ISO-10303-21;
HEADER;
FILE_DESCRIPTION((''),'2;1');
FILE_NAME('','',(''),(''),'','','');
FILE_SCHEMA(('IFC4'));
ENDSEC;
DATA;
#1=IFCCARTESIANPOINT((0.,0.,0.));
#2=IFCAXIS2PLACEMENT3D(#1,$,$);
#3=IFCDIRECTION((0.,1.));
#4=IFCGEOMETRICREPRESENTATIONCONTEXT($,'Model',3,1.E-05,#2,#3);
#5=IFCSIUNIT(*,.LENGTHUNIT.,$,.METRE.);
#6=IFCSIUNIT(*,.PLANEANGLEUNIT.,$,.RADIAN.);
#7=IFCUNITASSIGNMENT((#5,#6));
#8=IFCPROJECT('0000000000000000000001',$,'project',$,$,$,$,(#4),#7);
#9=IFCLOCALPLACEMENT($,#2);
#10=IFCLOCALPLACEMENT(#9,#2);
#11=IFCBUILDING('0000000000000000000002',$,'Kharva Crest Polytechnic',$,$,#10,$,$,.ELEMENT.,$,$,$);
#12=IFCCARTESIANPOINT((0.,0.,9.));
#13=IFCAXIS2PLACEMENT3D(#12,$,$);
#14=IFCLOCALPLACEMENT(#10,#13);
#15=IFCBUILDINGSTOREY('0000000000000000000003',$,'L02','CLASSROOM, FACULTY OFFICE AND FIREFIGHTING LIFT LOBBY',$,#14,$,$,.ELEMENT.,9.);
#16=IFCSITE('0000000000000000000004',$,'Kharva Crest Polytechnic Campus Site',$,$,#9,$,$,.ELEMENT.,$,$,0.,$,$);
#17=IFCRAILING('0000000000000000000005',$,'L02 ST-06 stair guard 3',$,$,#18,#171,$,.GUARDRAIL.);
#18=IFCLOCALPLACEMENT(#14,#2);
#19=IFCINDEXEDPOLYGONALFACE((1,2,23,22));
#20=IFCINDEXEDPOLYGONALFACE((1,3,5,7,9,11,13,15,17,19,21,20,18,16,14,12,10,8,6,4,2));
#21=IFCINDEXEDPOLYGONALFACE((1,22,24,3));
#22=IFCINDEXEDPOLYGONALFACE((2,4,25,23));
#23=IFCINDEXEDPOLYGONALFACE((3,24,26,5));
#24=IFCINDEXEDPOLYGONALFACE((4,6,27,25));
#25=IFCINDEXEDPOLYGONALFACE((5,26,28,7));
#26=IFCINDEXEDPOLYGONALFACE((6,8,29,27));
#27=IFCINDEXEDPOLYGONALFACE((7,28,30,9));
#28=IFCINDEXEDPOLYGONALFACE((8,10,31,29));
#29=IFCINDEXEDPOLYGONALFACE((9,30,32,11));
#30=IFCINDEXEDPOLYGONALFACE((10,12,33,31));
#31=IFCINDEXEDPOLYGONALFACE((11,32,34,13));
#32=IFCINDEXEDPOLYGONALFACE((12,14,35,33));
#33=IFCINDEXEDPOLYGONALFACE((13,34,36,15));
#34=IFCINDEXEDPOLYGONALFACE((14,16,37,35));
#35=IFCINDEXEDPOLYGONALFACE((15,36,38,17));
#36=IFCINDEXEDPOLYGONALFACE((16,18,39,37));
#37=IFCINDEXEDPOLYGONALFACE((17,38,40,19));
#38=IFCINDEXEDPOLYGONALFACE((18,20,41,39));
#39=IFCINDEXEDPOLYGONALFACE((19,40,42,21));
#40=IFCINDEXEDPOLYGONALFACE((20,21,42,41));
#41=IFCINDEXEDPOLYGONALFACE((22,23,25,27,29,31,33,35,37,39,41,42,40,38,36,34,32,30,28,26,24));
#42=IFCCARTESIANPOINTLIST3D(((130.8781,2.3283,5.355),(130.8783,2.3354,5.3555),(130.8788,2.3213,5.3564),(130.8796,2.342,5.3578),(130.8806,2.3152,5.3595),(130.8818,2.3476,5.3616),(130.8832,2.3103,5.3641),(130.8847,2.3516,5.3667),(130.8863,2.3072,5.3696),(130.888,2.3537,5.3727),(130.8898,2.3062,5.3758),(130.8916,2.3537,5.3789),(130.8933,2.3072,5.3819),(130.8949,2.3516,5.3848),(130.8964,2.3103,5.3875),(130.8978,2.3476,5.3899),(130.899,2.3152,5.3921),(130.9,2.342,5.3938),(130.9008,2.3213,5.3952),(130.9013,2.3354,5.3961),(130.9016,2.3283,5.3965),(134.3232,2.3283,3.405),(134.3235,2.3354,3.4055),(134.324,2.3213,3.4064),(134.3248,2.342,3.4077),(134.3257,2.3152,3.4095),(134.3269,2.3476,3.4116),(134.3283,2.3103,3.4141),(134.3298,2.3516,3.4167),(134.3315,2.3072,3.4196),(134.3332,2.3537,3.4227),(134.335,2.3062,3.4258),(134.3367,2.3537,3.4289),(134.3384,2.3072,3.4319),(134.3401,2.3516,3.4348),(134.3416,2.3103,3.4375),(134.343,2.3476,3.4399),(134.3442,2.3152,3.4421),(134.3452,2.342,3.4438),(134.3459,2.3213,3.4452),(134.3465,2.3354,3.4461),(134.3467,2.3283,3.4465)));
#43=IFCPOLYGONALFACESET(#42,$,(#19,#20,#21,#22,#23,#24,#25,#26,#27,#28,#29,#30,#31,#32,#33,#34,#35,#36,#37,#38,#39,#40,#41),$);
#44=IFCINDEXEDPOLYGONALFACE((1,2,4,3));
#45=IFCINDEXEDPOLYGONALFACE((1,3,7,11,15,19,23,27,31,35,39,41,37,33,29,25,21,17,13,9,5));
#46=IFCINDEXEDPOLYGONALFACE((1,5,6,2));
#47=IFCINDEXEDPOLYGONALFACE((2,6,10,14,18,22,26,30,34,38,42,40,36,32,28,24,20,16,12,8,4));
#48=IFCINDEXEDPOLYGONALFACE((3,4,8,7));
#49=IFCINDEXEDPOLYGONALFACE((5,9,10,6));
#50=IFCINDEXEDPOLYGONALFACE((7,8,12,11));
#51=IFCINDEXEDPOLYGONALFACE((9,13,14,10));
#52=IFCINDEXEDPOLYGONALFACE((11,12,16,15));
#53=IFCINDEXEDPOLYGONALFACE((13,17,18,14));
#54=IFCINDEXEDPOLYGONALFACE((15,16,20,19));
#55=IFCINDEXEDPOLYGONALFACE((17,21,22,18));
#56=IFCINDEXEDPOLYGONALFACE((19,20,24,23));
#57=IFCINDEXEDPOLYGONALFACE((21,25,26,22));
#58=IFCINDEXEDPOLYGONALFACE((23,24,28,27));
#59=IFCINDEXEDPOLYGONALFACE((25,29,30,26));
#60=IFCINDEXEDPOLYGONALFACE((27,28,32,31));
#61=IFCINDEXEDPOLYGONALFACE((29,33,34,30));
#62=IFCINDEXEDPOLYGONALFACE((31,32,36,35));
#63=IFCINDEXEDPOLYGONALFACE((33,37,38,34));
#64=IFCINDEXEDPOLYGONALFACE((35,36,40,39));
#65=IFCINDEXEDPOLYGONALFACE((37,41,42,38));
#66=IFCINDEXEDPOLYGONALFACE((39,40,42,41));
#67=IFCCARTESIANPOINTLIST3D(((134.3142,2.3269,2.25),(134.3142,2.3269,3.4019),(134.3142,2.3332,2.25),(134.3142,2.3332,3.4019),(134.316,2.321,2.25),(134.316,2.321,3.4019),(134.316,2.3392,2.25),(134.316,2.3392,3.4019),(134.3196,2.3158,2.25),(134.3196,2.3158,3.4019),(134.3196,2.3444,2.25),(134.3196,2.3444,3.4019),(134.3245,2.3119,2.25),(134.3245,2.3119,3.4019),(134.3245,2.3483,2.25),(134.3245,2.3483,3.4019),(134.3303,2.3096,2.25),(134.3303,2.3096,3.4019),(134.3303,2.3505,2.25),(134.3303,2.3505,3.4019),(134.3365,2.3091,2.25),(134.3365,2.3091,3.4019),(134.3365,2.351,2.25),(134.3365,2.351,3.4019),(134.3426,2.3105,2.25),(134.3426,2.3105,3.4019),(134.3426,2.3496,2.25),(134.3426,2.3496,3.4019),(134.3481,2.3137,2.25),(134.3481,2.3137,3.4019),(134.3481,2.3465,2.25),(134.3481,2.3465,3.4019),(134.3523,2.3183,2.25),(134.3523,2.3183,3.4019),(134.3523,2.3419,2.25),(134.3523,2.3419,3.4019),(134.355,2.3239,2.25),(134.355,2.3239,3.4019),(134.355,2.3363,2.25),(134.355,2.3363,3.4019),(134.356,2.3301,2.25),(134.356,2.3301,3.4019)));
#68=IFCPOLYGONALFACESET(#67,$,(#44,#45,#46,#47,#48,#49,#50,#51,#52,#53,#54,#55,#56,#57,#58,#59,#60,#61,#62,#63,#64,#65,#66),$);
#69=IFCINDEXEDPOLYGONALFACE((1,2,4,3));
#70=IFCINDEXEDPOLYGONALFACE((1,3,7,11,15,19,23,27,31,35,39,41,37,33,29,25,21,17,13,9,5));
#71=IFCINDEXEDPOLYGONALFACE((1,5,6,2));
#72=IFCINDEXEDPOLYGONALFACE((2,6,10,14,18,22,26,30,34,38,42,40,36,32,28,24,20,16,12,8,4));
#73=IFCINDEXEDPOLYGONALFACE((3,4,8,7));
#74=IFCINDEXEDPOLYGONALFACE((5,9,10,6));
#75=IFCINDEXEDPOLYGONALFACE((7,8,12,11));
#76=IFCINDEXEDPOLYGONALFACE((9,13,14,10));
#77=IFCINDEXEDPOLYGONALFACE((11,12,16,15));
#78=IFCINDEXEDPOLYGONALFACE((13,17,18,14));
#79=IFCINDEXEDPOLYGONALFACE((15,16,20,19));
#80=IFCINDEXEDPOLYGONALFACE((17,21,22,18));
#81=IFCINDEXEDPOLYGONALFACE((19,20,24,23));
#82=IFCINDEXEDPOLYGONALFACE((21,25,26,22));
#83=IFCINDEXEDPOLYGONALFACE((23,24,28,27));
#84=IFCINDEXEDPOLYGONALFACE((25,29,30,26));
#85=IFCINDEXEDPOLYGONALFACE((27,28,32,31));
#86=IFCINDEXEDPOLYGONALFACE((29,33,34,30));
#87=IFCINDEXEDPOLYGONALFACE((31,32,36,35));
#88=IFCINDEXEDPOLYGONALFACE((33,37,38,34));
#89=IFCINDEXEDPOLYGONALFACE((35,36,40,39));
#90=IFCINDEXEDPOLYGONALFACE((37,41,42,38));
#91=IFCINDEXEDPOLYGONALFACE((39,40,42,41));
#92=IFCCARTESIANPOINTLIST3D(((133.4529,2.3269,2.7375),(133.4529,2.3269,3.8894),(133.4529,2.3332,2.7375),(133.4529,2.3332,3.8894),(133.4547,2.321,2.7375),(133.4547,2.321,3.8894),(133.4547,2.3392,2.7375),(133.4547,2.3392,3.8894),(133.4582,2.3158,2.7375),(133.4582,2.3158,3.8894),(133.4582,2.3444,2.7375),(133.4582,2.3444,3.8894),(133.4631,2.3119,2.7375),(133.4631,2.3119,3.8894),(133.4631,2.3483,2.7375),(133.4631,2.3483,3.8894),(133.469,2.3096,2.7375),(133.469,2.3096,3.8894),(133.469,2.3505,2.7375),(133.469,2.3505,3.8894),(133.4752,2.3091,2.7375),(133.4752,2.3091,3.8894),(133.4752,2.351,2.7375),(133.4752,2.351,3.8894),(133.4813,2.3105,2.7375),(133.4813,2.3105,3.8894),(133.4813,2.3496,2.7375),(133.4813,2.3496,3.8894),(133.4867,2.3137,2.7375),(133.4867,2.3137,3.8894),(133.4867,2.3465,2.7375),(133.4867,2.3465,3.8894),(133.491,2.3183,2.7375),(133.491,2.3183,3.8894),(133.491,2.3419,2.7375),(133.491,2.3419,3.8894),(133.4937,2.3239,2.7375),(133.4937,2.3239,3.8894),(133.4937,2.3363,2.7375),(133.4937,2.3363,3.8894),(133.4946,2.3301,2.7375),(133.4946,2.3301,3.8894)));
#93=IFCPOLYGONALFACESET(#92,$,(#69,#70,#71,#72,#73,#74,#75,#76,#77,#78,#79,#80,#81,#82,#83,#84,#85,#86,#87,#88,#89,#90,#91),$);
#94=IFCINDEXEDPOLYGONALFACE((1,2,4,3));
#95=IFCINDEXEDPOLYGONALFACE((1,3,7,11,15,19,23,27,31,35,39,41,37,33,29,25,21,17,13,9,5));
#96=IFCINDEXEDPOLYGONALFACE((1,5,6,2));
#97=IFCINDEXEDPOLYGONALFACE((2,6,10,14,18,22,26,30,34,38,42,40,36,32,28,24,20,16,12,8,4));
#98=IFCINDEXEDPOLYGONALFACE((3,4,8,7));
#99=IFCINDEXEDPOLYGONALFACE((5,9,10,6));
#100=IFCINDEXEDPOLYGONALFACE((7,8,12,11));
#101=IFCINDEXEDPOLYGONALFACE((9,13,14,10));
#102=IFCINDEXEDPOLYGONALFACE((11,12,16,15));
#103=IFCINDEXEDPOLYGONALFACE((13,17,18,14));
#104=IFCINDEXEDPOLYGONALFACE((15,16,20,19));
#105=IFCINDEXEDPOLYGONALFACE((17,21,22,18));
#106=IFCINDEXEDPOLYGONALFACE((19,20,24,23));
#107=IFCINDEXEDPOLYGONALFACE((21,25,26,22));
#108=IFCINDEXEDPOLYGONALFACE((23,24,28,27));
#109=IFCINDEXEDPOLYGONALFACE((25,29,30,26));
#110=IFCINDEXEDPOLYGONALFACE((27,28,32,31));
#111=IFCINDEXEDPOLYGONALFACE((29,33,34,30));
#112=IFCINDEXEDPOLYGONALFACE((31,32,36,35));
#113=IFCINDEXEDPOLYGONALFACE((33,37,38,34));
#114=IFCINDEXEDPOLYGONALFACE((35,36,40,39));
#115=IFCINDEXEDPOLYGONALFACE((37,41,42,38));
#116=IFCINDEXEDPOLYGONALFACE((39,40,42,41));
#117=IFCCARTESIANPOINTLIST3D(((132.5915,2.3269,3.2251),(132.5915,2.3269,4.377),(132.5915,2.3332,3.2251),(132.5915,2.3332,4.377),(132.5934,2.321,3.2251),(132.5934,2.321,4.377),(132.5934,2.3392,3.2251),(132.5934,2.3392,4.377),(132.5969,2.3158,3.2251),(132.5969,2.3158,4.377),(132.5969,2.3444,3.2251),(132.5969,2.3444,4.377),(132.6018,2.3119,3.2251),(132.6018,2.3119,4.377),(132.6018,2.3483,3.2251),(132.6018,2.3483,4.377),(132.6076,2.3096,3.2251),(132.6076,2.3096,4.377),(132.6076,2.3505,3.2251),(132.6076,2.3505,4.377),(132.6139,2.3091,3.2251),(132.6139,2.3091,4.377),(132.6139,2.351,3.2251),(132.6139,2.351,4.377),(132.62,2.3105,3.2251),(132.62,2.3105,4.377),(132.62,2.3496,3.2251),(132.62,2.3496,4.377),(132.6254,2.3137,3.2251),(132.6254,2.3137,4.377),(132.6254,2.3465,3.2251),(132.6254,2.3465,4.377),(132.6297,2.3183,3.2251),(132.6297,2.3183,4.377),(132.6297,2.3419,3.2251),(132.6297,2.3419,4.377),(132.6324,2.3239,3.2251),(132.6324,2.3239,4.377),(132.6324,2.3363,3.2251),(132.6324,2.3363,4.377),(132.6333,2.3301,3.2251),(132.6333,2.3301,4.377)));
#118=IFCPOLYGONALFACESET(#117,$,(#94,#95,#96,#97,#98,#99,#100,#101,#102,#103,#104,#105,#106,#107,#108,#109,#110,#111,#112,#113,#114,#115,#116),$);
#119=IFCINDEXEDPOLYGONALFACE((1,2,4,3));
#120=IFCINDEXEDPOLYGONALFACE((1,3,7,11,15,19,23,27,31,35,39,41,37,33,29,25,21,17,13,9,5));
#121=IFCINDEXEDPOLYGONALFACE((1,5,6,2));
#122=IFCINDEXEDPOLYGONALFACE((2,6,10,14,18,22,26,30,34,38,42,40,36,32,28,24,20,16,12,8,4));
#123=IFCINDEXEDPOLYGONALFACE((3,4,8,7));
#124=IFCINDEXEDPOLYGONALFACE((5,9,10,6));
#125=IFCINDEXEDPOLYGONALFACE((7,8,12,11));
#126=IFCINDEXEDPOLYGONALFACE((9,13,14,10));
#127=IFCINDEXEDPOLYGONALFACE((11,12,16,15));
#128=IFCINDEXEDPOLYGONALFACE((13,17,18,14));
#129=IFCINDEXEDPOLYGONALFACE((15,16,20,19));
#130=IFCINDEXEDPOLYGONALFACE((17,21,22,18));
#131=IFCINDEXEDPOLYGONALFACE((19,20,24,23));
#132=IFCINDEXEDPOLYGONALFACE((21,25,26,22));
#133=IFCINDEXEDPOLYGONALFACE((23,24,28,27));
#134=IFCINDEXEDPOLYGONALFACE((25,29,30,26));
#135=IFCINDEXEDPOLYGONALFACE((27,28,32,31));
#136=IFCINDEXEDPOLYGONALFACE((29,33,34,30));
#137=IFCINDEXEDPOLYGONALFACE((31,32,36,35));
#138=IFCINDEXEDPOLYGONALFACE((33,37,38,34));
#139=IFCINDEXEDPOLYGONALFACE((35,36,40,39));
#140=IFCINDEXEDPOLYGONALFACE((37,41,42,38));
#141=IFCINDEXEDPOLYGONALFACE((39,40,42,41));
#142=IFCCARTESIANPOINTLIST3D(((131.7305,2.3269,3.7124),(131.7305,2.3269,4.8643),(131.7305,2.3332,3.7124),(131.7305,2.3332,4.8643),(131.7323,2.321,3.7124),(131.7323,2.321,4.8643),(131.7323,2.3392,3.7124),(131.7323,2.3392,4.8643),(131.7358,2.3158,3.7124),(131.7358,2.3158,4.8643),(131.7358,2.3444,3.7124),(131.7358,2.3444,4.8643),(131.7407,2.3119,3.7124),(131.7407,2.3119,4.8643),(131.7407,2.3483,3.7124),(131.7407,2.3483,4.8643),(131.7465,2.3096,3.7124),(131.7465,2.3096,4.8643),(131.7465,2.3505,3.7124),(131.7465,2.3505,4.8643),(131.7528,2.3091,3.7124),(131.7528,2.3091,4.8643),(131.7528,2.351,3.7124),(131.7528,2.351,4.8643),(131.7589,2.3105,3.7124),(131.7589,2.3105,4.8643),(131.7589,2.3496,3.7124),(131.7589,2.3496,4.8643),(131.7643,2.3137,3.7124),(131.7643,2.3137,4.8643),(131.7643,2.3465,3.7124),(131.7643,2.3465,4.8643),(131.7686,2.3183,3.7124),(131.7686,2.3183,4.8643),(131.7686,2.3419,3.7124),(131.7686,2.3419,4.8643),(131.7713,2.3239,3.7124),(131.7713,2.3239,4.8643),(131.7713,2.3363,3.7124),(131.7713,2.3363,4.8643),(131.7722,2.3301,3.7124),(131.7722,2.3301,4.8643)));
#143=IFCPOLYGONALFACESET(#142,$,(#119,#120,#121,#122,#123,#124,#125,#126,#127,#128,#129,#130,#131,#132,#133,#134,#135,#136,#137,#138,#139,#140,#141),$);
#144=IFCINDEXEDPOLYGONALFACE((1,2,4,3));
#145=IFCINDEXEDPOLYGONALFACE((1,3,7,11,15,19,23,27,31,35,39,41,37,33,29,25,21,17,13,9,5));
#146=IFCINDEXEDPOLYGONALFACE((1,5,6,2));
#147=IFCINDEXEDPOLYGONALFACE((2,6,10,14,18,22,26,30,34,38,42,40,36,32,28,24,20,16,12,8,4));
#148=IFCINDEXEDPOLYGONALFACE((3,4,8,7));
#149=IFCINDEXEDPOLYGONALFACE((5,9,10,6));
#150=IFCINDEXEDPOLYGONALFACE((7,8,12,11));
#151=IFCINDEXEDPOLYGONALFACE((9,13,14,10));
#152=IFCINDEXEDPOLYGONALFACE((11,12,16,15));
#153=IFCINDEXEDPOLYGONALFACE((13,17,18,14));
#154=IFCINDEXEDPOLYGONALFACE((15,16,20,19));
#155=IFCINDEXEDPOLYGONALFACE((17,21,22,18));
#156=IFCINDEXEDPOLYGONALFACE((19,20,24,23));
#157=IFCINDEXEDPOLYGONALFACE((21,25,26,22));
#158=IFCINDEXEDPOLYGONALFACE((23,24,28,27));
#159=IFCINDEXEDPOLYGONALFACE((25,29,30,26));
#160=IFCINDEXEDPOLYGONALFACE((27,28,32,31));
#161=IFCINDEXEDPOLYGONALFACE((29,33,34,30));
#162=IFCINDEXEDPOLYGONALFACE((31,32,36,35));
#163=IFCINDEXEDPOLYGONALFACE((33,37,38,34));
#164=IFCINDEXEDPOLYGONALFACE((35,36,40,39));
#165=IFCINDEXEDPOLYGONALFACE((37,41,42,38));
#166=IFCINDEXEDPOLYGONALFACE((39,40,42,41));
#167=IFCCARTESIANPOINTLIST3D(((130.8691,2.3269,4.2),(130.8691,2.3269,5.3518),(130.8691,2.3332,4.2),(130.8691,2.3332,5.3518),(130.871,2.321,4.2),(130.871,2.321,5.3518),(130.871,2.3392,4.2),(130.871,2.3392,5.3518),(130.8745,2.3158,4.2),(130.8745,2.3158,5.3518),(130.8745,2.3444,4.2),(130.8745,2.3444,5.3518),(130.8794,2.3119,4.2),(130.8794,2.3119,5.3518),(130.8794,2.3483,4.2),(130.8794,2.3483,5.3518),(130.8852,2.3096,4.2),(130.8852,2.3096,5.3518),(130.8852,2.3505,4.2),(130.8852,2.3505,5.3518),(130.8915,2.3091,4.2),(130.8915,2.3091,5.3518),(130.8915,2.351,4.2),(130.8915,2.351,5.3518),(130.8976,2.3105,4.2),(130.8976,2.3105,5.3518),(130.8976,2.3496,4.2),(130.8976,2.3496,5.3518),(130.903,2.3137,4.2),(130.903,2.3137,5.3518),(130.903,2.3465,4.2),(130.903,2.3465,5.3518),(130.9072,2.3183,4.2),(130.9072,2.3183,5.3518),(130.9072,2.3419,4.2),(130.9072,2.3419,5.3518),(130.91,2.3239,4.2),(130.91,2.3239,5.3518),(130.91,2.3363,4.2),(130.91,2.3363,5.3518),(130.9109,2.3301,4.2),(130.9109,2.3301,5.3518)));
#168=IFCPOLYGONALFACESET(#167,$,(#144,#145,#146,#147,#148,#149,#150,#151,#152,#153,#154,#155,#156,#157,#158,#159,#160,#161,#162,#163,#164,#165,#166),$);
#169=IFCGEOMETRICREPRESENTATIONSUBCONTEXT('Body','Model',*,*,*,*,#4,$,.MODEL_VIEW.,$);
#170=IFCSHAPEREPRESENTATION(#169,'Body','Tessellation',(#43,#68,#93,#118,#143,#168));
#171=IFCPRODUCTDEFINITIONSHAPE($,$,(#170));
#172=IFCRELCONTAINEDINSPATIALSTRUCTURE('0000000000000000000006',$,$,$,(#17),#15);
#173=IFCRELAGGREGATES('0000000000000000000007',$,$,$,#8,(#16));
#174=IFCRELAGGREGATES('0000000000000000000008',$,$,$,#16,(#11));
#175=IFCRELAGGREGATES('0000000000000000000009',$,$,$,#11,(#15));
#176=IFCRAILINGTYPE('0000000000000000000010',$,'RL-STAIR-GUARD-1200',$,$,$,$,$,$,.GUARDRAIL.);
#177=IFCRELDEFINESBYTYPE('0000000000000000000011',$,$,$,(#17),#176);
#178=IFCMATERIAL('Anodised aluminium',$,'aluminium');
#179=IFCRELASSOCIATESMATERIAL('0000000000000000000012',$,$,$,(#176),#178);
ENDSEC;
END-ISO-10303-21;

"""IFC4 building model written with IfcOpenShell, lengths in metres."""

from ifc_helpers import new_model, si_unit, direction, frame, origin, origin_2d, place, context, subcontext, project, spatial, circle, extrude, material, type_object, element, save


model = new_model("IFC4")

# Units and contexts
model_context = context("Model", 3, precision=1e-05, world=origin(), true_north=direction((0.0, 1.0)))
body_context = subcontext(model_context, "Body", "Model", "MODEL_VIEW")
ifc_project = project(units=[si_unit("LENGTHUNIT", "METRE"), si_unit("PLANEANGLEUNIT", "RADIAN")], contexts=[model_context])

# Site, building, storey
site_placement = place(None, origin())
site = spatial("IfcSite", under=ifc_project, at=site_placement, Name="Kharva Crest Polytechnic Campus Site", CompositionType="ELEMENT", RefElevation=0.0)
building_placement = place(site_placement, origin())
building = spatial("IfcBuilding", under=site, at=building_placement, Name="Kharva Crest Polytechnic", CompositionType="ELEMENT")
storey_placement = place(building_placement, frame((0.0, 0.0, 9.0)))
storey = spatial("IfcBuildingStorey", under=building, at=storey_placement, Name="L02", Description="CLASSROOM, FACULTY OFFICE AND FIREFIGHTING LIFT LOBBY", CompositionType="ELEMENT", Elevation=9.0)

# Railing
ifc_material_1 = material(Name="Anodised aluminium", Category="aluminium")
railing_type_1 = type_object("IfcRailingType", Name="RL-STAIR-GUARD-1200", PredefinedType="GUARDRAIL", material=ifc_material_1)
railing_1_placement = place(storey_placement, frame((134.335, 2.3301, 2.25)))
element("IfcRailing", 1, at=railing_1_placement, inside=storey, type_object=railing_type_1, Name="L02 ST-06 stair guard 3", PredefinedType="GUARDRAIL", context=body_context, shape_type="SweptSolid", body=[
    extrude(circle(Radius=0.0239, at=origin_2d()), frame((0.0, 0.0, 1.1758), z_axis=(-0.870266, 0.0, 0.492581), x_axis=(0.0, -1.0, 0.0)), (0.0, 0.0, 1.0), 3.9587),
    extrude(circle(Radius=0.021, at=origin_2d()), origin(), (0.0, 0.0, 1.0), 1.1519),
    extrude(circle(Radius=0.021, at=origin_2d()), frame((-0.8613, 0.0, 0.4875)), (0.0, 0.0, 1.0), 1.1519),
    extrude(circle(Radius=0.021, at=origin_2d()), frame((-1.7227, 0.0, 0.9751)), (0.0, 0.0, 1.0), 1.1519),
    extrude(circle(Radius=0.021, at=origin_2d()), frame((-2.5837, 0.0, 1.4624)), (0.0, 0.0, 1.0), 1.1519),
    extrude(circle(Radius=0.021, at=origin_2d()), frame((-3.4451, 0.0, 1.95)), (0.0, 0.0, 1.0), 1.1519),
])

save(model, "model.ifc")
